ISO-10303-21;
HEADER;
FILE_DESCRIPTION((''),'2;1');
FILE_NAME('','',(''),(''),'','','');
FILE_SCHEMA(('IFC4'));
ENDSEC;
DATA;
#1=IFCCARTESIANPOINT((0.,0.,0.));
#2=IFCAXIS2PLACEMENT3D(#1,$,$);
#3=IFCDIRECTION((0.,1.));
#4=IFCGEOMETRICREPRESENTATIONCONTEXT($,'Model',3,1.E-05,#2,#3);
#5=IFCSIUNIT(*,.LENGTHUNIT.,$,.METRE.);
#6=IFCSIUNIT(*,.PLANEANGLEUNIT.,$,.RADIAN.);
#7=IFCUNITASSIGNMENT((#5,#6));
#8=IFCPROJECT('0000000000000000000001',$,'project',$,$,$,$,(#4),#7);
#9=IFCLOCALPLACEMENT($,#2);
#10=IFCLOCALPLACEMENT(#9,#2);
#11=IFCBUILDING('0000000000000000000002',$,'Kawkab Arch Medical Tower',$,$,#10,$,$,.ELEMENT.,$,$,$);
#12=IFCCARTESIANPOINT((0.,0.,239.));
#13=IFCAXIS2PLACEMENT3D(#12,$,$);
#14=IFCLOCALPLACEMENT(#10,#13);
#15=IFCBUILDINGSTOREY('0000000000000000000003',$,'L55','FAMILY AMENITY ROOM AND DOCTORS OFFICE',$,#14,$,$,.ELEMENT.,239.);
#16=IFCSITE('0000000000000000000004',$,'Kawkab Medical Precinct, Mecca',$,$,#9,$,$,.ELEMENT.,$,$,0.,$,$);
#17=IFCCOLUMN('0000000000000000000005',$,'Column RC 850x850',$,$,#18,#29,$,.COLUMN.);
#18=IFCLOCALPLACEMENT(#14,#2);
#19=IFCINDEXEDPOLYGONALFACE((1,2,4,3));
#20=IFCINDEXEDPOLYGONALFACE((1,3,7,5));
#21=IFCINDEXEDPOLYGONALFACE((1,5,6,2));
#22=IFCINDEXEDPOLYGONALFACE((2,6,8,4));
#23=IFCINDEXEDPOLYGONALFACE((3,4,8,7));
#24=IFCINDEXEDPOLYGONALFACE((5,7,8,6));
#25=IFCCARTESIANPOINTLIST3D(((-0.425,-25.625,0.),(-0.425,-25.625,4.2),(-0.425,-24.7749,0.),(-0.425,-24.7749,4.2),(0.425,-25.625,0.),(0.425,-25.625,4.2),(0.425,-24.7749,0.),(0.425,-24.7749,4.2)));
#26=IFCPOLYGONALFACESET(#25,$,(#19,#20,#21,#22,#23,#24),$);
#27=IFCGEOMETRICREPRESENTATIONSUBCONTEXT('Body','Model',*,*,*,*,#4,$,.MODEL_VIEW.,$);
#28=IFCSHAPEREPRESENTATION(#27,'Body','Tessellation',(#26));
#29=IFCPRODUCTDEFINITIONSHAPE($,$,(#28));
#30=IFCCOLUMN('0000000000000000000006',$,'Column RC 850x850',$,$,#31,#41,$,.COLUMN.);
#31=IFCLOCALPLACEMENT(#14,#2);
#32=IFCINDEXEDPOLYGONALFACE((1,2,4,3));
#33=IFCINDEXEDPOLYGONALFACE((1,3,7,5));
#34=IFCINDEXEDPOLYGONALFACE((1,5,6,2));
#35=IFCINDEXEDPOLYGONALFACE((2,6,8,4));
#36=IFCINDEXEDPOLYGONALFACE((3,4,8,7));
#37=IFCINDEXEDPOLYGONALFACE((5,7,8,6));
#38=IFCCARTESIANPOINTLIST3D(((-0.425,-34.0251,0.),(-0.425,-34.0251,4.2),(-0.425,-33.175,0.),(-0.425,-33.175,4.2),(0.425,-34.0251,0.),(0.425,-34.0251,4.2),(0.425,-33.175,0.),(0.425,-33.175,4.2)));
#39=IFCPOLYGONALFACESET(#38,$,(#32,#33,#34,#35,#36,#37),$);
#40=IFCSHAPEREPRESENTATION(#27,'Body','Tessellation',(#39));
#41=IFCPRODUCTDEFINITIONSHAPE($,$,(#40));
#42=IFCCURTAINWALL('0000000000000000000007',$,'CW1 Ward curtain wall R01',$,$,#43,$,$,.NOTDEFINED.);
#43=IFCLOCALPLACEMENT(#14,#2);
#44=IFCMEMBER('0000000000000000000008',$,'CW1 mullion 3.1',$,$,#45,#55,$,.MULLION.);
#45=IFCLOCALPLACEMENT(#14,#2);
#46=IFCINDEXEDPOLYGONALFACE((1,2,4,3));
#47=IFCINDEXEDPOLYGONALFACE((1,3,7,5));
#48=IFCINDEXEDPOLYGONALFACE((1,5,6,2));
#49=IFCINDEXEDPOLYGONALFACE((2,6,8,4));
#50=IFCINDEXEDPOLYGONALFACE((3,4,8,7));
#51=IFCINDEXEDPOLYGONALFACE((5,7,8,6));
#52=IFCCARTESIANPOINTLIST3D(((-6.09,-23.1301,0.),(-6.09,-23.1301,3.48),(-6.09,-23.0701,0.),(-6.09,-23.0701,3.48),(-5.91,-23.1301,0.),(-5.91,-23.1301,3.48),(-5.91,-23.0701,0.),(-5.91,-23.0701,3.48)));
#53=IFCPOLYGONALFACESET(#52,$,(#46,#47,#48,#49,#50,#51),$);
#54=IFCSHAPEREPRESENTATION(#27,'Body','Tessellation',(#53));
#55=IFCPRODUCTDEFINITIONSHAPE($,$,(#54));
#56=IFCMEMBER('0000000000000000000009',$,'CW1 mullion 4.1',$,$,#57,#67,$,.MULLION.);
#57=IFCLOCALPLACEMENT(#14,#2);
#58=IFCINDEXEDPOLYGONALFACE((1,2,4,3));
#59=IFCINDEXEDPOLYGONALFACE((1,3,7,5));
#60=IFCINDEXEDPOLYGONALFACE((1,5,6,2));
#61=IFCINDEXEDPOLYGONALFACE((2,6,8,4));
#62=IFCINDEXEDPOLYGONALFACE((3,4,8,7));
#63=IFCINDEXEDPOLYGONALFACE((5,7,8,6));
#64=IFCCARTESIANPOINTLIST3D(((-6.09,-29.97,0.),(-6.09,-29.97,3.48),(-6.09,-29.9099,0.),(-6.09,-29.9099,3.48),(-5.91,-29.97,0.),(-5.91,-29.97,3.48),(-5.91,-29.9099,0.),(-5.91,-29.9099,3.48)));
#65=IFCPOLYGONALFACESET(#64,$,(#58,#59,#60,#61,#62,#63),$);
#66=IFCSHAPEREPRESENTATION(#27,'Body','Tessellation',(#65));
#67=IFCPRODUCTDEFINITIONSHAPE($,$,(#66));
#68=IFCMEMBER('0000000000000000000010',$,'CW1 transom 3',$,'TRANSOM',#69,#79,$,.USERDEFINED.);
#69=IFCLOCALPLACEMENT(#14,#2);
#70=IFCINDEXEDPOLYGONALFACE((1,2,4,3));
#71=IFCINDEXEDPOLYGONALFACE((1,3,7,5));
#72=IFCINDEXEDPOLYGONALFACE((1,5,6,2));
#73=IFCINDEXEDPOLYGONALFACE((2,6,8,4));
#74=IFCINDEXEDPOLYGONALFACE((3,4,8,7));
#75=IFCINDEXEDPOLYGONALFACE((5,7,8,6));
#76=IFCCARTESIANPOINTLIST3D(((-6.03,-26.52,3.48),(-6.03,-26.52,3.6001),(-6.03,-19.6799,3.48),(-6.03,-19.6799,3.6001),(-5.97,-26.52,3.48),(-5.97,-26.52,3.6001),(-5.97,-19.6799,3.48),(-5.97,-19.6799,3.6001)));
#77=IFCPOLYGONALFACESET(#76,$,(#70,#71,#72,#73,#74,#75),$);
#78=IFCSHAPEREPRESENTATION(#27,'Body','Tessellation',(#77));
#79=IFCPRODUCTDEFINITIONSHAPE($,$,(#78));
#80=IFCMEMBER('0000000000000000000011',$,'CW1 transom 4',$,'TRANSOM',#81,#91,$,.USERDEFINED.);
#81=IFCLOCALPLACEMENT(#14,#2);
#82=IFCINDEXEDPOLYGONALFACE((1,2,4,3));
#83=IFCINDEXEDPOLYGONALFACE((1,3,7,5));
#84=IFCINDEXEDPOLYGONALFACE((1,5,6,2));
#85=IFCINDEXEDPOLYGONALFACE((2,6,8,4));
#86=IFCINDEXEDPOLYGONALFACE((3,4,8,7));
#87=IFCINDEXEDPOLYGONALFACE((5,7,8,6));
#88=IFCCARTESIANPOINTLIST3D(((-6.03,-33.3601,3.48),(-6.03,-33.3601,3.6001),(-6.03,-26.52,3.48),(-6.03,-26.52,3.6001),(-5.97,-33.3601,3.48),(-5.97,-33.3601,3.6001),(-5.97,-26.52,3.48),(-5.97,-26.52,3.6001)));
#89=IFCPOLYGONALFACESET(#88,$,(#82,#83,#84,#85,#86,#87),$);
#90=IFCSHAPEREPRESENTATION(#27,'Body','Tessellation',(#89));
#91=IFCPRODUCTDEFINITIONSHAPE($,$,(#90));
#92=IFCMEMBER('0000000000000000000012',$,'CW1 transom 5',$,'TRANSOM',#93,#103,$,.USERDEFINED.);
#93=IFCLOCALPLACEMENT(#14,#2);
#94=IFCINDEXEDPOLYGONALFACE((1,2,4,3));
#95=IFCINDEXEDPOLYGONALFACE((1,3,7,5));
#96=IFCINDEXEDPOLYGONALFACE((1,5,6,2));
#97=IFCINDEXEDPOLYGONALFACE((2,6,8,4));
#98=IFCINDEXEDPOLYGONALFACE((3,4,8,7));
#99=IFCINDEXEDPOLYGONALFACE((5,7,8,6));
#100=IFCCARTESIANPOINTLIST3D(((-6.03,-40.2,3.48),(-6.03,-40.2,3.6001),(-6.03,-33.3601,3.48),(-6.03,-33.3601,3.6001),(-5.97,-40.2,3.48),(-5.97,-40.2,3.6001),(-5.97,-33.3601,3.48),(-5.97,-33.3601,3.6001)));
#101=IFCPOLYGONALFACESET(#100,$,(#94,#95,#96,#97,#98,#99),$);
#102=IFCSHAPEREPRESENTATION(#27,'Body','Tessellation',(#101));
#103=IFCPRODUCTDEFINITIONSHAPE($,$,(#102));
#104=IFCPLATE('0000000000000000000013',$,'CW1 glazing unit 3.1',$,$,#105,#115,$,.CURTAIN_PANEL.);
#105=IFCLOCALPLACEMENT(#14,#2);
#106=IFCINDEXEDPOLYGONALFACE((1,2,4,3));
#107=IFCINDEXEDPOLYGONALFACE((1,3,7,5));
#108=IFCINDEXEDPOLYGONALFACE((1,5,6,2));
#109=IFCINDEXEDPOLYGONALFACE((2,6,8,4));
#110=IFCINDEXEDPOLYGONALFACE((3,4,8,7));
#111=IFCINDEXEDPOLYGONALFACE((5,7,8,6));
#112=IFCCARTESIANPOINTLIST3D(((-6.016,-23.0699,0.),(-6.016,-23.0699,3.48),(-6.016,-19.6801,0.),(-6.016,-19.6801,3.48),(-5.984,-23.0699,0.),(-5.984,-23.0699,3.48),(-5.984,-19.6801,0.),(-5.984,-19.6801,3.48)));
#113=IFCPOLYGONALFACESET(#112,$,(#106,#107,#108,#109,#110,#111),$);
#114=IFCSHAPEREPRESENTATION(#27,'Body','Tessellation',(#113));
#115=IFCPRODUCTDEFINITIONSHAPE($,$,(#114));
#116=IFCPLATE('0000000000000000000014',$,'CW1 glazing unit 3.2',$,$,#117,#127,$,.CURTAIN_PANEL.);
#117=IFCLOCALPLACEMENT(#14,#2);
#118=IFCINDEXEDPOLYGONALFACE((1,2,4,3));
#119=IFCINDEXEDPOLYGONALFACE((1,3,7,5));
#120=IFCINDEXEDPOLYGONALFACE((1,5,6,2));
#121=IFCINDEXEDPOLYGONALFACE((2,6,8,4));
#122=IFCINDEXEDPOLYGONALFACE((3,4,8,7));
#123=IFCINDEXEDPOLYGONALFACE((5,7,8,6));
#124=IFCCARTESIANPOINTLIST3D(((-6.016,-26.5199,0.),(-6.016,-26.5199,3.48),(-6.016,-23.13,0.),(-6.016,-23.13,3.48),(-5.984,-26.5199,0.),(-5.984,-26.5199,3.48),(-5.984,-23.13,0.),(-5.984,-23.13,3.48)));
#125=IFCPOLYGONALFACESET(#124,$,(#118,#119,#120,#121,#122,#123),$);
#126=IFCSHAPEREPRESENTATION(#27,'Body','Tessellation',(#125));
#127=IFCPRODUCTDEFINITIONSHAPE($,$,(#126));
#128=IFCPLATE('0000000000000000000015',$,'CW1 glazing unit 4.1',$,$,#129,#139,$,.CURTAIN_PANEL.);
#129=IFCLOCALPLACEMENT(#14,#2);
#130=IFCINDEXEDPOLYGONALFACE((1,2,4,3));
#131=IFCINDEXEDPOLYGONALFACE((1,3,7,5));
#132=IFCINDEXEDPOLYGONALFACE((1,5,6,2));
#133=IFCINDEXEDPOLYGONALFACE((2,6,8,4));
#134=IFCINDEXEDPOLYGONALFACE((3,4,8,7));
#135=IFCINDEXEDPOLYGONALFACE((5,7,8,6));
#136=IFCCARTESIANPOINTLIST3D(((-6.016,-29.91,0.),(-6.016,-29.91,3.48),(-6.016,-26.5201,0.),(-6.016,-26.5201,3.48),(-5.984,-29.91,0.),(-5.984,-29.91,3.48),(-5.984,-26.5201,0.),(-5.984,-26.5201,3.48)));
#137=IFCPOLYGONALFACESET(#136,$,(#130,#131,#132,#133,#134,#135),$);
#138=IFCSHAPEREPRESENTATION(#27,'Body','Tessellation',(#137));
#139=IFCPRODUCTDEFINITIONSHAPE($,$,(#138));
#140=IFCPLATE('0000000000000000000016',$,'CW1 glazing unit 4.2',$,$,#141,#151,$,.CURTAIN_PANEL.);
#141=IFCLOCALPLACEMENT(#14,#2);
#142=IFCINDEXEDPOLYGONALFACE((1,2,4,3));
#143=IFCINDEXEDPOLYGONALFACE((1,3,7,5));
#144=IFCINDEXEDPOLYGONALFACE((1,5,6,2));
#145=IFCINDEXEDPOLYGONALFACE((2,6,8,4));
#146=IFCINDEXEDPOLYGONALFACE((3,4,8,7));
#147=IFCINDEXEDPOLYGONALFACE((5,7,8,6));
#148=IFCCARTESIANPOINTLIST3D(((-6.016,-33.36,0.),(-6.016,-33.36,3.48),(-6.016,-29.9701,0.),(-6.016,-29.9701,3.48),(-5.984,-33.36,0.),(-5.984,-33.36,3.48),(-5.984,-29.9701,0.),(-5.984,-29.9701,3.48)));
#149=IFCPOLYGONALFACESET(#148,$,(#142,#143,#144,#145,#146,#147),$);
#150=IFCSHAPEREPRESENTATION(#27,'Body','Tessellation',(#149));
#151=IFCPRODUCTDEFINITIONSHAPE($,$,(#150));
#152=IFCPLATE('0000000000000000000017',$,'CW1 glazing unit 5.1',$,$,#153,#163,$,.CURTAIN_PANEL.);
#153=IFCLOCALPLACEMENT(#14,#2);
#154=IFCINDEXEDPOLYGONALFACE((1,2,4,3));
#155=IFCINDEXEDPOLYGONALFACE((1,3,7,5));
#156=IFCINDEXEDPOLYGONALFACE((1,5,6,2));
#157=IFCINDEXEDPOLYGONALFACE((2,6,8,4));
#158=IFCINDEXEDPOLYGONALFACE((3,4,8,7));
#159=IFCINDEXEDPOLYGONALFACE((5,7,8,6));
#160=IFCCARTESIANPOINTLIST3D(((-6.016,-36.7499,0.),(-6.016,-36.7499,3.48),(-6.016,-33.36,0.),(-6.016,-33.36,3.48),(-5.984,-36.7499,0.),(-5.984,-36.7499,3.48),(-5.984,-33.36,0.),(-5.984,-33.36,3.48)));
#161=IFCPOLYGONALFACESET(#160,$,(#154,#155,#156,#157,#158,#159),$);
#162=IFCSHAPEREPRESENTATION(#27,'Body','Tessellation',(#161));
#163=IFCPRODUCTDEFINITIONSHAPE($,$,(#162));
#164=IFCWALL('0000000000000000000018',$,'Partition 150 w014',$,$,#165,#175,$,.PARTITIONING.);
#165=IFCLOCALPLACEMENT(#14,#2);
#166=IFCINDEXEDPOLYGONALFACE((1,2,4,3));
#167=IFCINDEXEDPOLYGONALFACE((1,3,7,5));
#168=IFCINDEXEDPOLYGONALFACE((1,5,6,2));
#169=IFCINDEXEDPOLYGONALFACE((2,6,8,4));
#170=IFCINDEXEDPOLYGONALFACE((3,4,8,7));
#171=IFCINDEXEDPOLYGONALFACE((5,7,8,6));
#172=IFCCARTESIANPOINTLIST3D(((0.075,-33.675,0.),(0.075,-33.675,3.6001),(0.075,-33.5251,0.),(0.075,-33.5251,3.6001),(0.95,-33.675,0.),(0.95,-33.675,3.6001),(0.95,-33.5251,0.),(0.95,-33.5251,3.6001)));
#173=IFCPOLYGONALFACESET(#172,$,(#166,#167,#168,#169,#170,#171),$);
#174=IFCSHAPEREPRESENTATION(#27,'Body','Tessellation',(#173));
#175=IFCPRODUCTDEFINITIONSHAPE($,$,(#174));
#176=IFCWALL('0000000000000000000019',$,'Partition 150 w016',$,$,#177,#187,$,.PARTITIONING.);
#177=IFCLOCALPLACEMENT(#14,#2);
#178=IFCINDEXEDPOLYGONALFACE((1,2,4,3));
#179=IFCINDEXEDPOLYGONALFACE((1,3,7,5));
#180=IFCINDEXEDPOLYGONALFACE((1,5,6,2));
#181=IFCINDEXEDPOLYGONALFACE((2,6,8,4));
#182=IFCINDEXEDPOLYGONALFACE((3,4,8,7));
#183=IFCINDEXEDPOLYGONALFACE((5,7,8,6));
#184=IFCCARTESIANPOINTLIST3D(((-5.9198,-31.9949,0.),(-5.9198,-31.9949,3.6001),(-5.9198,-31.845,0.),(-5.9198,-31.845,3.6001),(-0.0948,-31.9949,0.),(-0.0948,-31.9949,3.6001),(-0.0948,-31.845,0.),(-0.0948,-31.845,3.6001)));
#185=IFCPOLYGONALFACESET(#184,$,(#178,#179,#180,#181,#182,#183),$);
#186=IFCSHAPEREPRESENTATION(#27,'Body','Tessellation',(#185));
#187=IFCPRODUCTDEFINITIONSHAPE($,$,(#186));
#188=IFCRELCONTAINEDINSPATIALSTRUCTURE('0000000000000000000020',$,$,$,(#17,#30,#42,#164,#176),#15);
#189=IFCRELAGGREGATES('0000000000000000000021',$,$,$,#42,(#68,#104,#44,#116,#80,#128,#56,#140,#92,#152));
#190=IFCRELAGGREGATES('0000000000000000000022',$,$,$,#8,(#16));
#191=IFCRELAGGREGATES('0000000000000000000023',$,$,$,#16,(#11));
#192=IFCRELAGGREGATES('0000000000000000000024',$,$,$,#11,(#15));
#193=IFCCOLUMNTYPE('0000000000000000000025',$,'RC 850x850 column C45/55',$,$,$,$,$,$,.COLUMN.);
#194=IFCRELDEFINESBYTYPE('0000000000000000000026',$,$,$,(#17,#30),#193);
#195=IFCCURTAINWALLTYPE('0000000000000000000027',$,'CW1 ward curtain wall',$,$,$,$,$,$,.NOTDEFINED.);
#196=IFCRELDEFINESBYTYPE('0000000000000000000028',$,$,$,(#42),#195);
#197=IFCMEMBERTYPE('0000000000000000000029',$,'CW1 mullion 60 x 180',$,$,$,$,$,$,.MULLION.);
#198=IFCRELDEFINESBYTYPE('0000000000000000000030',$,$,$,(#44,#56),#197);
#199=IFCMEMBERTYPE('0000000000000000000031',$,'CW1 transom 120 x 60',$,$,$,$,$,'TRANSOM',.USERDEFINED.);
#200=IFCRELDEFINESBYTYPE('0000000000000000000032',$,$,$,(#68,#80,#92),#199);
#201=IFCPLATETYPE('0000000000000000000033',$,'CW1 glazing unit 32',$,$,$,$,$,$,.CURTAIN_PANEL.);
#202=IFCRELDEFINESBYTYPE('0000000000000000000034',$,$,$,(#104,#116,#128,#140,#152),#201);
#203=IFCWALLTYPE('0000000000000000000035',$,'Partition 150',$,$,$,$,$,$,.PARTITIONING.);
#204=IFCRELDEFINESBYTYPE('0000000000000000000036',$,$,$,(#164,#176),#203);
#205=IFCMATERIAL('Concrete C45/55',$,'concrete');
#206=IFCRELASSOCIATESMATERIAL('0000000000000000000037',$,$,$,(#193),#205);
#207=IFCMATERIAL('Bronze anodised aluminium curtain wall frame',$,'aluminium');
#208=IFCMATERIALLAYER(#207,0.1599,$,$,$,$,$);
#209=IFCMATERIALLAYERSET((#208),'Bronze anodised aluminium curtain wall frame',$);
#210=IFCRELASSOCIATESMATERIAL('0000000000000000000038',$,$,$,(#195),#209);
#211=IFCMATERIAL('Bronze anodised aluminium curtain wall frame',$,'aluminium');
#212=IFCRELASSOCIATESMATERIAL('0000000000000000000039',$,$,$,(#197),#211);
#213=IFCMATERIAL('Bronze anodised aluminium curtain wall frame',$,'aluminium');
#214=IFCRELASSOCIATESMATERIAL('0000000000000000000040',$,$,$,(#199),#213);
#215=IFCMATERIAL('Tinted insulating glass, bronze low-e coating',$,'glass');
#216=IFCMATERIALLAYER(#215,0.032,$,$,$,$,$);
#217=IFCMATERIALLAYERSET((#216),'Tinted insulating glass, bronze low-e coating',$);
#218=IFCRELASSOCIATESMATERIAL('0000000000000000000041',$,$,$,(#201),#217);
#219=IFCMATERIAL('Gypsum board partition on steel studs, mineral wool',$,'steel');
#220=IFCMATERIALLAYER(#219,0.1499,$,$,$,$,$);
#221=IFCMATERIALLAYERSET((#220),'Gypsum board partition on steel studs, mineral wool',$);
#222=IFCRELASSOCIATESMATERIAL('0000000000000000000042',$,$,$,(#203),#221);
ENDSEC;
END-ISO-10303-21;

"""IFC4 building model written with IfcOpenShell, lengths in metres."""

from ifc_helpers import new_model, si_unit, direction, frame, frame_2d, origin, origin_2d, place, context, subcontext, project, spatial, rectangle, extrude, material, layer, layer_set, material_profile, profile_set, type_object, element, aggregate, save


model = new_model("IFC4")

# Units and contexts
model_context = context("Model", 3, precision=1e-05, world=origin(), true_north=direction((0.0, 1.0)))
body_context = subcontext(model_context, "Body", "Model", "MODEL_VIEW")
ifc_project = project(units=[si_unit("LENGTHUNIT", "METRE"), si_unit("PLANEANGLEUNIT", "RADIAN")], contexts=[model_context])

# Site, building, storey
site_placement = place(None, origin())
site = spatial("IfcSite", under=ifc_project, at=site_placement, Name="Kawkab Medical Precinct, Mecca", CompositionType="ELEMENT", RefElevation=0.0)
building_placement = place(site_placement, origin())
building = spatial("IfcBuilding", under=site, at=building_placement, Name="Kawkab Arch Medical Tower", CompositionType="ELEMENT")
storey_placement = place(building_placement, frame((0.0, 0.0, 239.0)))
storey = spatial("IfcBuildingStorey", under=building, at=storey_placement, Name="L55", Description="FAMILY AMENITY ROOM AND DOCTORS OFFICE", CompositionType="ELEMENT", Elevation=239.0)

# Columns
ifc_material_1 = material(Name="Concrete C45/55", Category="concrete")
ifc_material_profile_1 = material_profile(ifc_material_1, rectangle(XDim=0.8501, YDim=0.8501, at=origin_2d()), Name="RC 850x850")
ifc_profile_set_1 = profile_set([ifc_material_profile_1], Name="Concrete C45/55")
column_type = type_object("IfcColumnType", Name="RC 850x850 column C45/55", PredefinedType="COLUMN", material=ifc_profile_set_1)
for number, where, z_axis, x_axis, name in (
    (1, (0.0, -25.2, 0.0), (0.0, 0.0, 1.0), (1.0, 0.0, 0.0), "Column RC 850x850"),
    (2, (0.0, -33.6001, 0.0), (0.0, 0.0, 1.0), (1.0, 0.0, 0.0), "Column RC 850x850"),
):
    element("IfcColumn", number, at=place(storey_placement, frame(where, z_axis=z_axis, x_axis=x_axis)), inside=storey, type_object=column_type, Name=name, PredefinedType="COLUMN", context=body_context, shape_type="SweptSolid", body=[
        extrude(rectangle(XDim=0.8501, YDim=0.8501, at=origin_2d()), origin(), (0.0, 0.0, 1.0), 4.2),
    ])

# Curtain wall, members, plates
ifc_material_2 = material(Name="Bronze anodised aluminium curtain wall frame", Category="aluminium")
ifc_layer_1 = layer(ifc_material_2, 0.1599)
ifc_layer_set_1 = layer_set([ifc_layer_1], Name="Bronze anodised aluminium curtain wall frame")
curtain_wall_type = type_object("IfcCurtainWallType", Name="CW1 ward curtain wall", PredefinedType="NOTDEFINED", material=ifc_layer_set_1)
curtain_wall_placement = place(storey_placement, origin())
curtain_wall = element("IfcCurtainWall", 3, at=curtain_wall_placement, inside=storey, type_object=curtain_wall_type, Name="CW1 Ward curtain wall R01", PredefinedType="NOTDEFINED")
ifc_material_3 = material(Name="Bronze anodised aluminium curtain wall frame", Category="aluminium")
ifc_material_profile_2 = material_profile(ifc_material_3, rectangle(XDim=0.1799, YDim=0.0601, at=origin_2d()), Name="AL 60x180")
ifc_profile_set_2 = profile_set([ifc_material_profile_2], Name="Bronze anodised aluminium curtain wall frame")
member_type_1 = type_object("IfcMemberType", Name="CW1 mullion 60 x 180", PredefinedType="MULLION", material=ifc_profile_set_2)
member_1_placement = place(storey_placement, frame((-6.0, -23.1001, 0.0), z_axis=(0.0, 0.0, 1.0), x_axis=(1.0, 0.0, 0.0)))
member_1 = element("IfcMember", 4, at=member_1_placement, type_object=member_type_1, Name="CW1 mullion 3.1", PredefinedType="MULLION", context=body_context, shape_type="SweptSolid", body=[
    extrude(rectangle(XDim=0.1799, YDim=0.0601, at=origin_2d()), origin(), (0.0, 0.0, 1.0), 3.48),
])
member_2_placement = place(storey_placement, frame((-6.0, -29.9399, 0.0), z_axis=(0.0, 0.0, 1.0), x_axis=(1.0, 0.0, 0.0)))
member_2 = element("IfcMember", 5, at=member_2_placement, type_object=member_type_1, Name="CW1 mullion 4.1", PredefinedType="MULLION", context=body_context, shape_type="SweptSolid", body=[
    extrude(rectangle(XDim=0.1799, YDim=0.0601, at=origin_2d()), origin(), (0.0, 0.0, 1.0), 3.48),
])
ifc_material_4 = material(Name="Bronze anodised aluminium curtain wall frame", Category="aluminium")
ifc_material_profile_3 = material_profile(ifc_material_4, rectangle(XDim=0.0601, YDim=0.1201, at=origin_2d()), Name="AL 60x120")
ifc_profile_set_3 = profile_set([ifc_material_profile_3], Name="Bronze anodised aluminium curtain wall frame")
member_type_2 = type_object("IfcMemberType", Name="CW1 transom 120 x 60", ElementType="TRANSOM", PredefinedType="USERDEFINED", material=ifc_profile_set_3)
member_3_placement = place(storey_placement, frame((-6.0, -19.6799, 3.54), z_axis=(0.0, -1.0, 0.0), x_axis=(1.0, 0.0, 0.0)))
member_3 = element("IfcMember", 6, at=member_3_placement, type_object=member_type_2, Name="CW1 transom 3", ObjectType="TRANSOM", PredefinedType="USERDEFINED", context=body_context, shape_type="SweptSolid", body=[
    extrude(rectangle(XDim=0.0601, YDim=0.1201, at=origin_2d()), origin(), (0.0, 0.0, 1.0), 6.8401),
])
member_4_placement = place(storey_placement, frame((-6.0, -26.52, 3.54), z_axis=(0.0, -1.0, 0.0), x_axis=(1.0, 0.0, 0.0)))
member_4 = element("IfcMember", 7, at=member_4_placement, type_object=member_type_2, Name="CW1 transom 4", ObjectType="TRANSOM", PredefinedType="USERDEFINED", context=body_context, shape_type="SweptSolid", body=[
    extrude(rectangle(XDim=0.0601, YDim=0.1201, at=origin_2d()), origin(), (0.0, 0.0, 1.0), 6.8401),
])
member_5_placement = place(storey_placement, frame((-6.0, -33.3601, 3.54), z_axis=(0.0, -1.0, 0.0), x_axis=(1.0, 0.0, 0.0)))
member_5 = element("IfcMember", 8, at=member_5_placement, type_object=member_type_2, Name="CW1 transom 5", ObjectType="TRANSOM", PredefinedType="USERDEFINED", context=body_context, shape_type="SweptSolid", body=[
    extrude(rectangle(XDim=0.0601, YDim=0.1201, at=origin_2d()), origin(), (0.0, 0.0, 1.0), 6.8398),
])
ifc_material_5 = material(Name="Tinted insulating glass, bronze low-e coating", Category="glass")
ifc_layer_2 = layer(ifc_material_5, 0.032)
ifc_layer_set_2 = layer_set([ifc_layer_2], Name="Tinted insulating glass, bronze low-e coating")
plate_type = type_object("IfcPlateType", Name="CW1 glazing unit 32", PredefinedType="CURTAIN_PANEL", material=ifc_layer_set_2)
plate_1_placement = place(storey_placement, frame((-6.0, -21.375, 0.0), z_axis=(0.0, 0.0, 1.0), x_axis=(0.0, -1.0, 0.0)))
plate_1 = element("IfcPlate", 9, at=plate_1_placement, type_object=plate_type, Name="CW1 glazing unit 3.1", PredefinedType="CURTAIN_PANEL", context=body_context, shape_type="SweptSolid", body=[
    extrude(rectangle(XDim=3.3899, YDim=0.032, at=origin_2d()), origin(), (0.0, 0.0, 1.0), 3.48),
])
plate_2_placement = place(storey_placement, frame((-6.0, -24.825, 0.0), z_axis=(0.0, 0.0, 1.0), x_axis=(0.0, -1.0, 0.0)))
plate_2 = element("IfcPlate", 10, at=plate_2_placement, type_object=plate_type, Name="CW1 glazing unit 3.2", PredefinedType="CURTAIN_PANEL", context=body_context, shape_type="SweptSolid", body=[
    extrude(rectangle(XDim=3.3899, YDim=0.032, at=origin_2d()), origin(), (0.0, 0.0, 1.0), 3.48),
])
plate_3_placement = place(storey_placement, frame((-6.0, -28.2151, 0.0), z_axis=(0.0, 0.0, 1.0), x_axis=(0.0, -1.0, 0.0)))
plate_3 = element("IfcPlate", 11, at=plate_3_placement, type_object=plate_type, Name="CW1 glazing unit 4.1", PredefinedType="CURTAIN_PANEL", context=body_context, shape_type="SweptSolid", body=[
    extrude(rectangle(XDim=3.3899, YDim=0.032, at=origin_2d()), origin(), (0.0, 0.0, 1.0), 3.48),
])
plate_4_placement = place(storey_placement, frame((-6.0, -31.665, 0.0), z_axis=(0.0, 0.0, 1.0), x_axis=(0.0, -1.0, 0.0)))
plate_4 = element("IfcPlate", 12, at=plate_4_placement, type_object=plate_type, Name="CW1 glazing unit 4.2", PredefinedType="CURTAIN_PANEL", context=body_context, shape_type="SweptSolid", body=[
    extrude(rectangle(XDim=3.3899, YDim=0.032, at=origin_2d()), origin(), (0.0, 0.0, 1.0), 3.48),
])
plate_5_placement = place(storey_placement, frame((-6.0, -35.0549, 0.0), z_axis=(0.0, 0.0, 1.0), x_axis=(0.0, -1.0, 0.0)))
plate_5 = element("IfcPlate", 13, at=plate_5_placement, type_object=plate_type, Name="CW1 glazing unit 5.1", PredefinedType="CURTAIN_PANEL", context=body_context, shape_type="SweptSolid", body=[
    extrude(rectangle(XDim=3.3899, YDim=0.032, at=origin_2d()), origin(), (0.0, 0.0, 1.0), 3.48),
])
aggregate(curtain_wall, [member_3, plate_1, member_1, plate_2, member_4, plate_3, member_2, plate_4, member_5, plate_5])

# Walls
ifc_material_6 = material(Name="Gypsum board partition on steel studs, mineral wool", Category="steel")
ifc_layer_3 = layer(ifc_material_6, 0.1499)
ifc_layer_set_3 = layer_set([ifc_layer_3], Name="Gypsum board partition on steel studs, mineral wool")
wall_type_1 = type_object("IfcWallType", Name="Partition 150", PredefinedType="PARTITIONING", material=ifc_layer_set_3)
wall_1_placement = place(storey_placement, frame((0.075, -33.6001, 0.0), z_axis=(0.0, 0.0, 1.0), x_axis=(1.0, 0.0, 0.0)))
element("IfcWall", 14, at=wall_1_placement, inside=storey, type_object=wall_type_1, Name="Partition 150 w014", PredefinedType="PARTITIONING", context=body_context, shape_type="SweptSolid", body=[
    extrude(rectangle(XDim=0.875, YDim=0.1499, at=frame_2d((0.4375, 0.0))), origin(), (0.0, 0.0, 1.0), 3.6001),
])
wall_2_placement = place(storey_placement, frame((-5.9199, -31.9199, 0.0), z_axis=(0.0, 0.0, 1.0), x_axis=(1.0, 0.0, 0.0)))
element("IfcWall", 15, at=wall_2_placement, inside=storey, type_object=wall_type_1, Name="Partition 150 w016", PredefinedType="PARTITIONING", context=body_context, shape_type="SweptSolid", body=[
    extrude(rectangle(XDim=5.825, YDim=0.1499, at=frame_2d((2.9126, 0.0))), origin(), (0.0, 0.0, 1.0), 3.6001),
])

save(model, "model.ifc")
